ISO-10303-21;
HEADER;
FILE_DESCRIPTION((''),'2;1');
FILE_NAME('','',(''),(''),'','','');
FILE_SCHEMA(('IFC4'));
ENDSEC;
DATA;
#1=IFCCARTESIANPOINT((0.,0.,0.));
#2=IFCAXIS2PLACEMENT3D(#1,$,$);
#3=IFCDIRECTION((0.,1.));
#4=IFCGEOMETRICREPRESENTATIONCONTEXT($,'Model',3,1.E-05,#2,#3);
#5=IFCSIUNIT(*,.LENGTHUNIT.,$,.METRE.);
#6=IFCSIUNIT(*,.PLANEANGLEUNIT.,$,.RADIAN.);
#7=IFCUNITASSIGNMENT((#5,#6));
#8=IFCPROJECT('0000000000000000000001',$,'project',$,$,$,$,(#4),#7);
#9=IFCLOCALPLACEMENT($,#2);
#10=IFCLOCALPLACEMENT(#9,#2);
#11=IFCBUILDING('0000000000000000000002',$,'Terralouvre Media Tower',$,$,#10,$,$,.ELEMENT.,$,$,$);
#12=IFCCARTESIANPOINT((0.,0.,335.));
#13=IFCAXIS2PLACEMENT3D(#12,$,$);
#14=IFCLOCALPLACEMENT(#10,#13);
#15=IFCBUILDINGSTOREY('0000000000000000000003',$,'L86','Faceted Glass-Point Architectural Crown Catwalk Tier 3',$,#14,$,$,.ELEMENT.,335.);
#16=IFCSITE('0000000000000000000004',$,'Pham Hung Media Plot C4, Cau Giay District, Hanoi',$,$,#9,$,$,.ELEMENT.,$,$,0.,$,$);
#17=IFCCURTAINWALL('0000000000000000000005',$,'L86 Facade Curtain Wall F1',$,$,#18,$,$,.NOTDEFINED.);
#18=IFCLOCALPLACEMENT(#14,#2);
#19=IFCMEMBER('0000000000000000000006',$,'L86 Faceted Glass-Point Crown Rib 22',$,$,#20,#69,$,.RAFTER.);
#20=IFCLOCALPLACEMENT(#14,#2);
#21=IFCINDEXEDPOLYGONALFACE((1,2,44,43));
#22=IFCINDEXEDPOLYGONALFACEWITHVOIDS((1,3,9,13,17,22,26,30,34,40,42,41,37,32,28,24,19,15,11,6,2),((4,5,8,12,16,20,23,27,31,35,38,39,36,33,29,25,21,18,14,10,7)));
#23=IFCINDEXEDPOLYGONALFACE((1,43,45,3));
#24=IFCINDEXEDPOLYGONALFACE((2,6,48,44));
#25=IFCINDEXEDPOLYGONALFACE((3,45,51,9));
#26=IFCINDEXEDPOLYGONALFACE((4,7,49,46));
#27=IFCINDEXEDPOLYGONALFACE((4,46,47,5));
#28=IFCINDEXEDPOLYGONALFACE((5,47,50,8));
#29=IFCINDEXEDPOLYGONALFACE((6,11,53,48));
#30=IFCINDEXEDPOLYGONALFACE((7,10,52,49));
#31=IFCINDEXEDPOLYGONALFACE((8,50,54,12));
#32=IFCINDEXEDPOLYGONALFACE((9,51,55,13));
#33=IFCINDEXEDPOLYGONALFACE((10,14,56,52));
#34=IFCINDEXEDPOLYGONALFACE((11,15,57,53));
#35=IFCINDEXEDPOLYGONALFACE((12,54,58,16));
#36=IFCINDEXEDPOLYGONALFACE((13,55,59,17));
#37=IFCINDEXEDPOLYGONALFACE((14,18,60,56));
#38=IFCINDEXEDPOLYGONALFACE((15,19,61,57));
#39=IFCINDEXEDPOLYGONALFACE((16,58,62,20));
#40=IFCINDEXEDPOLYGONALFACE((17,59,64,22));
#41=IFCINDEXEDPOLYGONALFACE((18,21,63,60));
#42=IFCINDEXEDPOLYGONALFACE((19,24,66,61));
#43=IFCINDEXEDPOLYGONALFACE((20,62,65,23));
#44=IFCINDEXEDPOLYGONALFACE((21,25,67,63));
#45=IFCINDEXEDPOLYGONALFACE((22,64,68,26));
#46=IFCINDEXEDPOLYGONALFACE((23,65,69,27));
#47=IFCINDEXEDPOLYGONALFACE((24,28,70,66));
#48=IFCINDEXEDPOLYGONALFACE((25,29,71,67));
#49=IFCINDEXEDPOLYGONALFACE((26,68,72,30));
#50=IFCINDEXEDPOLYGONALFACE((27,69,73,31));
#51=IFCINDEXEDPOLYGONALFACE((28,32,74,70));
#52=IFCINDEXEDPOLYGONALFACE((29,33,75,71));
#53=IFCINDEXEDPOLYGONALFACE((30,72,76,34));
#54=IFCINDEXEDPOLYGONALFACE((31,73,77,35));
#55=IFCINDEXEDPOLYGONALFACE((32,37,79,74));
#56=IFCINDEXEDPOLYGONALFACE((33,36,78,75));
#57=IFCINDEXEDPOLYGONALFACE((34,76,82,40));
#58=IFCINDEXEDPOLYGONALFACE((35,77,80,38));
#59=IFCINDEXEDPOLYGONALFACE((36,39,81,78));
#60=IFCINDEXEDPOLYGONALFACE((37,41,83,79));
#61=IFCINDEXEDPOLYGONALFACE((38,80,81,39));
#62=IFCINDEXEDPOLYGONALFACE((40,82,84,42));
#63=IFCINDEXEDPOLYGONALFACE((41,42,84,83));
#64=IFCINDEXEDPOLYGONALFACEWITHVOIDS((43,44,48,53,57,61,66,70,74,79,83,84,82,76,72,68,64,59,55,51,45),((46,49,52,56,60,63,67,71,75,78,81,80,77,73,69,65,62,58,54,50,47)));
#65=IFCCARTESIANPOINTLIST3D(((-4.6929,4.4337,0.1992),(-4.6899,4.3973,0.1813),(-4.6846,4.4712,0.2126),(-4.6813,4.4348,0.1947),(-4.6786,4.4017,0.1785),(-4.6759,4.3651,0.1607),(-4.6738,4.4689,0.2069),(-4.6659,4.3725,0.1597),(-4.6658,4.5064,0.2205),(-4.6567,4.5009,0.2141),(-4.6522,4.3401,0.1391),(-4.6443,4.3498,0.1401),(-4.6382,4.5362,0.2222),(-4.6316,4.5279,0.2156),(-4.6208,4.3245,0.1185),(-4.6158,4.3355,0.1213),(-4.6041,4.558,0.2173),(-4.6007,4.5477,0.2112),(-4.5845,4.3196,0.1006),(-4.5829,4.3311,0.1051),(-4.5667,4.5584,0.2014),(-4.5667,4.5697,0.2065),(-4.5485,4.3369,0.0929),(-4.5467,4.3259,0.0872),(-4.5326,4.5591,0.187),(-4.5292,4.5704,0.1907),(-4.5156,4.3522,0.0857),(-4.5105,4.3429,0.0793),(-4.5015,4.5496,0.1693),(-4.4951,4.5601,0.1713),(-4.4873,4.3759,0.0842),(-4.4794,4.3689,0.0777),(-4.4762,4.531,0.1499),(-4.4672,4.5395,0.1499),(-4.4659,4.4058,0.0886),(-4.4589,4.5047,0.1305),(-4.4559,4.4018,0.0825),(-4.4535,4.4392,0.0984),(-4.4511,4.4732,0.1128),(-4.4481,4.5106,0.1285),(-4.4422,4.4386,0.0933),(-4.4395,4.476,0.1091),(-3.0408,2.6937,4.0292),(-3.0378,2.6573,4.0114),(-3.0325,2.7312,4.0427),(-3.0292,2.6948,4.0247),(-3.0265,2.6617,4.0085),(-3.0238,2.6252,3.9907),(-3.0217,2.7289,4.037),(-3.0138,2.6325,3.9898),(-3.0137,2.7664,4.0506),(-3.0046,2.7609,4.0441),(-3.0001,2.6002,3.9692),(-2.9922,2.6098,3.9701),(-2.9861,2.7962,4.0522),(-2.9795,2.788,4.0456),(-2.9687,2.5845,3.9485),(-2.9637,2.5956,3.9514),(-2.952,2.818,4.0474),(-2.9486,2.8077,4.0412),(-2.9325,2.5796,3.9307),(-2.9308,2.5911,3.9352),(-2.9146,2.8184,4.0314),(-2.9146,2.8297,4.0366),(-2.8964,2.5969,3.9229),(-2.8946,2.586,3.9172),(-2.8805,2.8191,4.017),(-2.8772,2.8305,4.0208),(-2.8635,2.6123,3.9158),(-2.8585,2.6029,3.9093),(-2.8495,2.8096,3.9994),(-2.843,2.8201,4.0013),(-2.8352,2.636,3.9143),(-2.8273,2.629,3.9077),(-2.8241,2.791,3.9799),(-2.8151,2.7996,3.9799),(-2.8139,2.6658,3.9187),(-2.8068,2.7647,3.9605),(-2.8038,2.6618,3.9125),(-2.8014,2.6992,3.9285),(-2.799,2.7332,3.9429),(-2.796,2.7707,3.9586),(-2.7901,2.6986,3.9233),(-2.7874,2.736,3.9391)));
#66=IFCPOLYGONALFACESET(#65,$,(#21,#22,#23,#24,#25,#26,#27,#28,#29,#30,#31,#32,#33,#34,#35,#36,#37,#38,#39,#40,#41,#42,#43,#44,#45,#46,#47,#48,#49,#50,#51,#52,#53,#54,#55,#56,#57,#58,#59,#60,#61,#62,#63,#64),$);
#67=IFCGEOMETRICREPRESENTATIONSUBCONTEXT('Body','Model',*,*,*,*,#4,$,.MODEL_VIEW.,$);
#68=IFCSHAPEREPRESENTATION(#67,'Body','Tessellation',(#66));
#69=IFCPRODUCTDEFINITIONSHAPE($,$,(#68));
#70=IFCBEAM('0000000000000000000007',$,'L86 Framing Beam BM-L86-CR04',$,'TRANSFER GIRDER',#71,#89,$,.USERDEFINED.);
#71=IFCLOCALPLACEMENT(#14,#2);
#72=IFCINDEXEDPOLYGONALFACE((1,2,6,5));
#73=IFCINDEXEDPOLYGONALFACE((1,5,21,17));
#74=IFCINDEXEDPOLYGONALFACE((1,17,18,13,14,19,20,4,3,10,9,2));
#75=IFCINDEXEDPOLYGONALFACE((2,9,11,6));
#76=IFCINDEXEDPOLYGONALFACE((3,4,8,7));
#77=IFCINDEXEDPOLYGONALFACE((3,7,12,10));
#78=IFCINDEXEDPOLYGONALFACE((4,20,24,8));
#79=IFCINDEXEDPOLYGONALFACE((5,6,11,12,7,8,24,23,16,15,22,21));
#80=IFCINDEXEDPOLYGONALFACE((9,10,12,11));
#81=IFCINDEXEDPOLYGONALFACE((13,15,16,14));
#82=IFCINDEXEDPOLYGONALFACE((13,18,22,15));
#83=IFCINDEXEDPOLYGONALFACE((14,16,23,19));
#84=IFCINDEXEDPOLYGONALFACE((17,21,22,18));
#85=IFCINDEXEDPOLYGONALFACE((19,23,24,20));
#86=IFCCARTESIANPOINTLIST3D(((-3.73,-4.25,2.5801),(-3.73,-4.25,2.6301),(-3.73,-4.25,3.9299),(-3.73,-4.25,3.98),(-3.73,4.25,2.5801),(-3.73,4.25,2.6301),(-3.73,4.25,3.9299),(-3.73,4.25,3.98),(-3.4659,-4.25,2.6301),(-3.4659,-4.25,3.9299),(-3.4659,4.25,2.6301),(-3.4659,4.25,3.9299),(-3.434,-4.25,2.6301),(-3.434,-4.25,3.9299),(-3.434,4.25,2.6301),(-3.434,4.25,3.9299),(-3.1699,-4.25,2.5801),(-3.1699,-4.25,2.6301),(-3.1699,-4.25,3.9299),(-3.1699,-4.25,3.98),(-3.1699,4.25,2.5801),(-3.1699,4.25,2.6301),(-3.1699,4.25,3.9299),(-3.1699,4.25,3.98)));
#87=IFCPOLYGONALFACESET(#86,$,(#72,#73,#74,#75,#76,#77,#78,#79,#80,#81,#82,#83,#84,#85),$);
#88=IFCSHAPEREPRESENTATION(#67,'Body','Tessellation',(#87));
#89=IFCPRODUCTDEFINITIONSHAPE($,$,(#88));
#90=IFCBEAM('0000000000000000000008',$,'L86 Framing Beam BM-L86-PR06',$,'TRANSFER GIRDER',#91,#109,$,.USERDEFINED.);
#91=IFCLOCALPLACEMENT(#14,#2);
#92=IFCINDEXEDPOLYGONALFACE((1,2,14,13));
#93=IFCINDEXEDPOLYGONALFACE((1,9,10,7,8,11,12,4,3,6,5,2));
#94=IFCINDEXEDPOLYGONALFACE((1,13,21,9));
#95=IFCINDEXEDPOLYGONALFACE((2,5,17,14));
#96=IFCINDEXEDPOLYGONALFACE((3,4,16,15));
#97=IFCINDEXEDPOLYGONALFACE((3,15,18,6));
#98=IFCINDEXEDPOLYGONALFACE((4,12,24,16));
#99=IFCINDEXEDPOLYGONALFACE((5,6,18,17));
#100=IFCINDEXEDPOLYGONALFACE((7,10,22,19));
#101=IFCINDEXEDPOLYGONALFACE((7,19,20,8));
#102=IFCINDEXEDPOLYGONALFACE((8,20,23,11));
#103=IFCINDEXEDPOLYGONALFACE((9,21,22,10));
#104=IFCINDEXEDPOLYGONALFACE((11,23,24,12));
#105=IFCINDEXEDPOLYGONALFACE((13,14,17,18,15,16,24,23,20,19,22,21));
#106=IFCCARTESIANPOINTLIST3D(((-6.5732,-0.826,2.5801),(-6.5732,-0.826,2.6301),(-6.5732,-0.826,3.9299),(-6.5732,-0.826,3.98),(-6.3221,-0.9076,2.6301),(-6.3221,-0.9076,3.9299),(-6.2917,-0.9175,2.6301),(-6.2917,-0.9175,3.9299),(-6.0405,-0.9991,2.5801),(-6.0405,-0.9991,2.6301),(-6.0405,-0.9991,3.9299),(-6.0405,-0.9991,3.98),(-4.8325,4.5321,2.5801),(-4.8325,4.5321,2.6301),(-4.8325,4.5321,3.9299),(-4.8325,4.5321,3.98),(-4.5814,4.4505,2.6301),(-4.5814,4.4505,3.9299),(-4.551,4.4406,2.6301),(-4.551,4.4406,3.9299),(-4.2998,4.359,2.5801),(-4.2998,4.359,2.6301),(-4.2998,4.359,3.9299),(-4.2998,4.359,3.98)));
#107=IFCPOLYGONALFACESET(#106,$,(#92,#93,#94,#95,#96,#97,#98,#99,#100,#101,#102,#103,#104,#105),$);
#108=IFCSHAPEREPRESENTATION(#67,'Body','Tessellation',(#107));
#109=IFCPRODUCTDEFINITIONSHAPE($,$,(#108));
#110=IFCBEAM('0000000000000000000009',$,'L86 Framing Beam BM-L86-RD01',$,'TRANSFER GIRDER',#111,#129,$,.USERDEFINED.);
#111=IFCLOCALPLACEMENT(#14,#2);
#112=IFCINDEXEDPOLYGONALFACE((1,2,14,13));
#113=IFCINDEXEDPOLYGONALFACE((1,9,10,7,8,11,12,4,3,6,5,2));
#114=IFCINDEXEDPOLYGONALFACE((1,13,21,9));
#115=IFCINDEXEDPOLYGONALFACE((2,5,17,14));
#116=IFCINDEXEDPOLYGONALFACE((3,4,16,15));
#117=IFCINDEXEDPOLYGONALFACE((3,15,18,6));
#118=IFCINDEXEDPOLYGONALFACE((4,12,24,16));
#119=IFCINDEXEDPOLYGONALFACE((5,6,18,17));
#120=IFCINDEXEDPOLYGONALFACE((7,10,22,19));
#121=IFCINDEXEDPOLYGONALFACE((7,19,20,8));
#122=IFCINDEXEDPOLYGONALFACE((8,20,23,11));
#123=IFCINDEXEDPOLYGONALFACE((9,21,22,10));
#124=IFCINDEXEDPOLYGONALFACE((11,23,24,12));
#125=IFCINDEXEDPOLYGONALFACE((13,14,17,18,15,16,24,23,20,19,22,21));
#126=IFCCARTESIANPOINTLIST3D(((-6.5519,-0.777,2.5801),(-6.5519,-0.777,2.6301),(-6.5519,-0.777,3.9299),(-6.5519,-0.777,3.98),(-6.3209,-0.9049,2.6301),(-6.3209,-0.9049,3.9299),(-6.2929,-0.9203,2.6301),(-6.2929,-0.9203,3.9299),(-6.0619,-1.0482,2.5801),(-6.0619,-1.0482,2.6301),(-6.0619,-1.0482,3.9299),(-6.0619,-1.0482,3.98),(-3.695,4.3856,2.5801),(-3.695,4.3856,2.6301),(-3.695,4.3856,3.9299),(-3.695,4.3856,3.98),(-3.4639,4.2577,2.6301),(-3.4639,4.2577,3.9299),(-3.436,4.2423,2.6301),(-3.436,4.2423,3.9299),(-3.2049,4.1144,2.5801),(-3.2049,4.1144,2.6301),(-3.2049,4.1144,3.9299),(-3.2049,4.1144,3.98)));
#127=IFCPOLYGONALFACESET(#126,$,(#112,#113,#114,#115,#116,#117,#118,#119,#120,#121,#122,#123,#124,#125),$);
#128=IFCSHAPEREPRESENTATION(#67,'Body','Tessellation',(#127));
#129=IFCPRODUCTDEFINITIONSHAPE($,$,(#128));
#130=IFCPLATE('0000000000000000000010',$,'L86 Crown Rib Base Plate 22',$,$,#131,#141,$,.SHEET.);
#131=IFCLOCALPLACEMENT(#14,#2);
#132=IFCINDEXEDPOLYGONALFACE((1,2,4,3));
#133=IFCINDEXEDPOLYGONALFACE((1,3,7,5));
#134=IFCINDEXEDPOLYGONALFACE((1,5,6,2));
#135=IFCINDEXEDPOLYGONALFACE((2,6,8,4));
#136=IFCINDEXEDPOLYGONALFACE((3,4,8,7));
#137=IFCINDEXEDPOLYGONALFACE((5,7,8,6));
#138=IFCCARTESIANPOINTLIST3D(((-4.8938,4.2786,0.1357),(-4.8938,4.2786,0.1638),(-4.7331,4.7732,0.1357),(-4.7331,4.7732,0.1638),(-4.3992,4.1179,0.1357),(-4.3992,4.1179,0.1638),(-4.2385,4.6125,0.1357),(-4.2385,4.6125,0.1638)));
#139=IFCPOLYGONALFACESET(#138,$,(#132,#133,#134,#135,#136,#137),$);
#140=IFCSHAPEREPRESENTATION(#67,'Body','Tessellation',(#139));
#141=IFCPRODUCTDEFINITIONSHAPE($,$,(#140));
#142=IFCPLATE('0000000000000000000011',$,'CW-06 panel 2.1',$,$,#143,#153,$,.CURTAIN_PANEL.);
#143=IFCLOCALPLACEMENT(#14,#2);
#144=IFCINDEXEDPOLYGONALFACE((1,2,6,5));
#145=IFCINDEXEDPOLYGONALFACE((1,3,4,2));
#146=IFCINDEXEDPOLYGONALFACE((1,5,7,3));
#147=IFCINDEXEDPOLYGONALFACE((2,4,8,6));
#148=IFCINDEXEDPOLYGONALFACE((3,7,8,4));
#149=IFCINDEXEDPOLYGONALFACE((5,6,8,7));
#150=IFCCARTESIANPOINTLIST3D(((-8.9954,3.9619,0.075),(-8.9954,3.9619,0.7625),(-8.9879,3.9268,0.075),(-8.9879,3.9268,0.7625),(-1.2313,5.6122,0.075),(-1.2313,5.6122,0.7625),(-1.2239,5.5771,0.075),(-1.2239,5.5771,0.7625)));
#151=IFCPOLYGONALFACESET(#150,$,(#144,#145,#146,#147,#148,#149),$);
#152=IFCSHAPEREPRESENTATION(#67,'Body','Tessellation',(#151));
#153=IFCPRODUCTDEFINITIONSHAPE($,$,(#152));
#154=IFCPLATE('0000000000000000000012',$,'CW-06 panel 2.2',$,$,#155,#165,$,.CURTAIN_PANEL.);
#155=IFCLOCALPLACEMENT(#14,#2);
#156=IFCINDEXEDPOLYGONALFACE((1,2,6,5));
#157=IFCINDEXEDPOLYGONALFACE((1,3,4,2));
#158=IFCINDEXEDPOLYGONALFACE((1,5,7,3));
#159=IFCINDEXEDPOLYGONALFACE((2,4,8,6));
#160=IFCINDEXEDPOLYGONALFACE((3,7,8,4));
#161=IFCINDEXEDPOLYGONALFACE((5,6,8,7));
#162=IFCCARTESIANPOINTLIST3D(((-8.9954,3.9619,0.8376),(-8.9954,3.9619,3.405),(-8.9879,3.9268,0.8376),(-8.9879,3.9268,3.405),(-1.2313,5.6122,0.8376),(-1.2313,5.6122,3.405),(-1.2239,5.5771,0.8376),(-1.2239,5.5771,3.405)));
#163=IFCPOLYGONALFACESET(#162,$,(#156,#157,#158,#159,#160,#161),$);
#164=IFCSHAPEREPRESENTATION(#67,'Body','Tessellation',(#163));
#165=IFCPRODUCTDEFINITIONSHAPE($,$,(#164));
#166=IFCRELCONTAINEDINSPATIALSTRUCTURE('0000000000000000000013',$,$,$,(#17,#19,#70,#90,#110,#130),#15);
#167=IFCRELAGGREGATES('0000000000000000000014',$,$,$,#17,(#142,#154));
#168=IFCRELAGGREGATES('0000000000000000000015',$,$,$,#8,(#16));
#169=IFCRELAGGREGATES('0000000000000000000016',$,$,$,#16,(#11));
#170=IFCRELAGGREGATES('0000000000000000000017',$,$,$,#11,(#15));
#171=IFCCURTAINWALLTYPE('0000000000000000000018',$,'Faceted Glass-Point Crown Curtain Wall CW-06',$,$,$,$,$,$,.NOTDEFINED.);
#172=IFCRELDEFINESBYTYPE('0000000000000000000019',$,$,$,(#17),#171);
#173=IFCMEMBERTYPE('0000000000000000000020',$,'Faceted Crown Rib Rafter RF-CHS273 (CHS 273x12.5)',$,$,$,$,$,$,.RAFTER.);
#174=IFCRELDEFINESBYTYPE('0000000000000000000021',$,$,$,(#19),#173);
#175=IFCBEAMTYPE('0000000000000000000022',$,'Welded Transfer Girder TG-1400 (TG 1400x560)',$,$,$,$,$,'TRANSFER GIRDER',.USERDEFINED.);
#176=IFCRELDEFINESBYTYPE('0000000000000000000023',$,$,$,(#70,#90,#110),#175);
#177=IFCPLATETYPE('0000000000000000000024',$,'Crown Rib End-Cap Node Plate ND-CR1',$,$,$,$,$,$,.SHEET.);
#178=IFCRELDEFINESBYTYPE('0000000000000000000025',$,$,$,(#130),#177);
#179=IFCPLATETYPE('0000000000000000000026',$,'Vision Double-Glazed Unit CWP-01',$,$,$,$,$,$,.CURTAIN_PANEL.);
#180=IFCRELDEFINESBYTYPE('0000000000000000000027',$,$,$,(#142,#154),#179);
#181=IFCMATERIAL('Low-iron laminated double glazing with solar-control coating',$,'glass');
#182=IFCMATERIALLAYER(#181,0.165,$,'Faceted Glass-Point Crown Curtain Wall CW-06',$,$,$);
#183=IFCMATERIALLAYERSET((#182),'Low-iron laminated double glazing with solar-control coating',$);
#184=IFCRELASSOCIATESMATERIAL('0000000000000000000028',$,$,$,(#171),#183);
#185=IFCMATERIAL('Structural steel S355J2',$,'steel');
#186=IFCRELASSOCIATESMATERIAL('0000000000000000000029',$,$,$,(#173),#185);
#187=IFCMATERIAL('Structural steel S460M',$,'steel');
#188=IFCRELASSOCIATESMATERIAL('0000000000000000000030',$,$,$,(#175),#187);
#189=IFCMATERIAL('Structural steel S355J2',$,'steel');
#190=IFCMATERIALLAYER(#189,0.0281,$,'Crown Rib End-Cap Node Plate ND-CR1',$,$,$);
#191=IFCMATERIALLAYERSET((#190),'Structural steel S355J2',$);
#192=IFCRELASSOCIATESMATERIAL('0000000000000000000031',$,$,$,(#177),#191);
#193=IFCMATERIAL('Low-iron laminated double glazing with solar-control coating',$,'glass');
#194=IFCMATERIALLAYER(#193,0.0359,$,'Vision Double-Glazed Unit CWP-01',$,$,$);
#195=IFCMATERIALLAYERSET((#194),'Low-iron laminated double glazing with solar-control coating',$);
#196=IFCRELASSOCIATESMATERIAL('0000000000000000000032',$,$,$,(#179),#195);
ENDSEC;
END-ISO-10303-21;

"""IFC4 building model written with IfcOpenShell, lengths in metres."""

from ifc_helpers import new_model, si_unit, direction, frame, origin, origin_2d, place, context, subcontext, project, spatial, rectangle, hollow_circle, i_section, extrude, material, layer, layer_set, material_profile, profile_set, type_object, element, aggregate, save


model = new_model("IFC4")

# Units and contexts
model_context = context("Model", 3, precision=1e-05, world=origin(), true_north=direction((0.0, 1.0)))
body_context = subcontext(model_context, "Body", "Model", "MODEL_VIEW")
ifc_project = project(units=[si_unit("LENGTHUNIT", "METRE"), si_unit("PLANEANGLEUNIT", "RADIAN")], contexts=[model_context])

# Site, building, storey
site_placement = place(None, origin())
site = spatial("IfcSite", under=ifc_project, at=site_placement, Name="Pham Hung Media Plot C4, Cau Giay District, Hanoi", CompositionType="ELEMENT", RefElevation=0.0)
building_placement = place(site_placement, origin())
building = spatial("IfcBuilding", under=site, at=building_placement, Name="Terralouvre Media Tower", CompositionType="ELEMENT")
storey_placement = place(building_placement, frame((0.0, 0.0, 335.0)))
storey = spatial("IfcBuildingStorey", under=building, at=storey_placement, Name="L86", Description="Faceted Glass-Point Architectural Crown Catwalk Tier 3", CompositionType="ELEMENT", Elevation=335.0)

# Shared definitions
ifc_material_1 = material(Name="Low-iron laminated double glazing with solar-control coating", Category="glass")
ifc_layer_1 = layer(ifc_material_1, 0.165, Name="Faceted Glass-Point Crown Curtain Wall CW-06")
ifc_layer_set_1 = layer_set([ifc_layer_1], Name="Low-iron laminated double glazing with solar-control coating")
curtain_wall_type = type_object("IfcCurtainWallType", Name="Faceted Glass-Point Crown Curtain Wall CW-06", PredefinedType="NOTDEFINED", material=ifc_layer_set_1)

# Curtain wall
curtain_wall_1_placement = place(storey_placement, origin())
curtain_wall_1 = element("IfcCurtainWall", 1, at=curtain_wall_1_placement, inside=storey, type_object=curtain_wall_type, Name="L86 Facade Curtain Wall F1", PredefinedType="NOTDEFINED")

# Member
ifc_material_2 = material(Name="Structural steel S355J2", Category="steel")
ifc_material_profile_1 = material_profile(ifc_material_2, hollow_circle(Radius=0.1365, WallThickness=0.0125, at=origin_2d()), Name="CHS 273x12.5")
ifc_profile_set_1 = profile_set([ifc_material_profile_1], Name="Structural steel S355J2")
member_type_1 = type_object("IfcMemberType", Name="Faceted Crown Rib Rafter RF-CHS273 (CHS 273x12.5)", PredefinedType="RAFTER", material=ifc_profile_set_1)
member_1_placement = place(storey_placement, frame((-4.5662, 4.4456, 0.1499), z_axis=(0.365544, -0.38499, 0.847443), x_axis=(0.725185, 0.688554, 0.0)))
element("IfcMember", 2, at=member_1_placement, inside=storey, type_object=member_type_1, Name="L86 Faceted Glass-Point Crown Rib 22", PredefinedType="RAFTER", context=body_context, shape_type="SweptSolid", body=[
    extrude(hollow_circle(Radius=0.1365, WallThickness=0.0125, at=origin_2d()), origin(), (0.0, 0.0, 1.0), 4.5195),
])

# Beams
ifc_material_3 = material(Name="Structural steel S460M", Category="steel")
ifc_material_profile_2 = material_profile(ifc_material_3, i_section(OverallWidth=0.5601, OverallDepth=1.3999, WebThickness=0.032, FlangeThickness=0.05, at=origin_2d()), Name="TG 1400x560")
ifc_profile_set_2 = profile_set([ifc_material_profile_2], Name="Structural steel S460M")
beam_type = type_object("IfcBeamType", Name="Welded Transfer Girder TG-1400 (TG 1400x560)", ElementType="TRANSFER GIRDER", PredefinedType="USERDEFINED", material=ifc_profile_set_2)
beam_1_placement = place(storey_placement, frame((-3.45, 4.25, 3.28), z_axis=(0.0, -1.0, 0.0), x_axis=(1.0, 0.0, 0.0)))
element("IfcBeam", 3, at=beam_1_placement, inside=storey, type_object=beam_type, Name="L86 Framing Beam BM-L86-CR04", ObjectType="TRANSFER GIRDER", PredefinedType="USERDEFINED", context=body_context, shape_type="SweptSolid", body=[
    extrude(i_section(OverallWidth=0.5601, OverallDepth=1.3999, WebThickness=0.032, FlangeThickness=0.05, at=origin_2d()), origin(), (0.0, 0.0, 1.0), 8.5),
])
beam_2_placement = place(storey_placement, frame((-4.5662, 4.4456, 3.28), z_axis=(-0.308977, -0.951069, 0.0), x_axis=(0.951069, -0.308977, 0.0)))
element("IfcBeam", 4, at=beam_2_placement, inside=storey, type_object=beam_type, Name="L86 Framing Beam BM-L86-PR06", ObjectType="TRANSFER GIRDER", PredefinedType="USERDEFINED", context=body_context, shape_type="SweptSolid", body=[
    extrude(i_section(OverallWidth=0.5601, OverallDepth=1.3999, WebThickness=0.032, FlangeThickness=0.05, at=origin_2d()), origin(), (0.0, 0.0, 1.0), 5.6338),
])
beam_3_placement = place(storey_placement, frame((-3.45, 4.25, 3.28), z_axis=(-0.484195, -0.87496, 0.0), x_axis=(0.87496, -0.484195, 0.0)))
element("IfcBeam", 5, at=beam_3_placement, inside=storey, type_object=beam_type, Name="L86 Framing Beam BM-L86-RD01", ObjectType="TRANSFER GIRDER", PredefinedType="USERDEFINED", context=body_context, shape_type="SweptSolid", body=[
    extrude(i_section(OverallWidth=0.5601, OverallDepth=1.3999, WebThickness=0.032, FlangeThickness=0.05, at=origin_2d()), origin(), (0.0, 0.0, 1.0), 5.9004),
])

# Plates
ifc_material_4 = material(Name="Structural steel S355J2", Category="steel")
ifc_layer_2 = layer(ifc_material_4, 0.0281, Name="Crown Rib End-Cap Node Plate ND-CR1")
ifc_layer_set_2 = layer_set([ifc_layer_2], Name="Structural steel S355J2")
plate_type_1 = type_object("IfcPlateType", Name="Crown Rib End-Cap Node Plate ND-CR1", PredefinedType="SHEET", material=ifc_layer_set_2)
plate_1_placement = place(storey_placement, frame((-4.5662, 4.4456, 0.1357), z_axis=(0.0, 0.0, 1.0), x_axis=(0.309017, 0.951057, 0.0)))
element("IfcPlate", 6, at=plate_1_placement, inside=storey, type_object=plate_type_1, Name="L86 Crown Rib Base Plate 22", PredefinedType="SHEET", context=body_context, shape_type="SweptSolid", body=[
    extrude(rectangle(XDim=0.52, YDim=0.52, at=origin_2d()), origin(), (0.0, 0.0, 1.0), 0.0281),
])
ifc_material_5 = material(Name="Low-iron laminated double glazing with solar-control coating", Category="glass")
ifc_layer_3 = layer(ifc_material_5, 0.0359, Name="Vision Double-Glazed Unit CWP-01")
ifc_layer_set_3 = layer_set([ifc_layer_3], Name="Low-iron laminated double glazing with solar-control coating")
plate_type_2 = type_object("IfcPlateType", Name="Vision Double-Glazed Unit CWP-01", PredefinedType="CURTAIN_PANEL", material=ifc_layer_set_3)
plate_2_placement = place(storey_placement, frame((-5.1096, 4.7695, 0.075), z_axis=(0.0, 0.0, 1.0), x_axis=(-0.978148, -0.207912, 0.0)))
plate_2 = element("IfcPlate", 7, at=plate_2_placement, type_object=plate_type_2, Name="CW-06 panel 2.1", PredefinedType="CURTAIN_PANEL", context=body_context, shape_type="SweptSolid", body=[
    extrude(rectangle(XDim=7.9375, YDim=0.0359, at=origin_2d()), origin(), (0.0, 0.0, 1.0), 0.6875),
])
plate_3_placement = place(storey_placement, frame((-5.1096, 4.7695, 0.8376), z_axis=(0.0, 0.0, 1.0), x_axis=(-0.978148, -0.207912, 0.0)))
plate_3 = element("IfcPlate", 8, at=plate_3_placement, type_object=plate_type_2, Name="CW-06 panel 2.2", PredefinedType="CURTAIN_PANEL", context=body_context, shape_type="SweptSolid", body=[
    extrude(rectangle(XDim=7.9375, YDim=0.0359, at=origin_2d()), origin(), (0.0, 0.0, 1.0), 2.5674),
])
aggregate(curtain_wall_1, [plate_2, plate_3])

save(model, "model.ifc")
